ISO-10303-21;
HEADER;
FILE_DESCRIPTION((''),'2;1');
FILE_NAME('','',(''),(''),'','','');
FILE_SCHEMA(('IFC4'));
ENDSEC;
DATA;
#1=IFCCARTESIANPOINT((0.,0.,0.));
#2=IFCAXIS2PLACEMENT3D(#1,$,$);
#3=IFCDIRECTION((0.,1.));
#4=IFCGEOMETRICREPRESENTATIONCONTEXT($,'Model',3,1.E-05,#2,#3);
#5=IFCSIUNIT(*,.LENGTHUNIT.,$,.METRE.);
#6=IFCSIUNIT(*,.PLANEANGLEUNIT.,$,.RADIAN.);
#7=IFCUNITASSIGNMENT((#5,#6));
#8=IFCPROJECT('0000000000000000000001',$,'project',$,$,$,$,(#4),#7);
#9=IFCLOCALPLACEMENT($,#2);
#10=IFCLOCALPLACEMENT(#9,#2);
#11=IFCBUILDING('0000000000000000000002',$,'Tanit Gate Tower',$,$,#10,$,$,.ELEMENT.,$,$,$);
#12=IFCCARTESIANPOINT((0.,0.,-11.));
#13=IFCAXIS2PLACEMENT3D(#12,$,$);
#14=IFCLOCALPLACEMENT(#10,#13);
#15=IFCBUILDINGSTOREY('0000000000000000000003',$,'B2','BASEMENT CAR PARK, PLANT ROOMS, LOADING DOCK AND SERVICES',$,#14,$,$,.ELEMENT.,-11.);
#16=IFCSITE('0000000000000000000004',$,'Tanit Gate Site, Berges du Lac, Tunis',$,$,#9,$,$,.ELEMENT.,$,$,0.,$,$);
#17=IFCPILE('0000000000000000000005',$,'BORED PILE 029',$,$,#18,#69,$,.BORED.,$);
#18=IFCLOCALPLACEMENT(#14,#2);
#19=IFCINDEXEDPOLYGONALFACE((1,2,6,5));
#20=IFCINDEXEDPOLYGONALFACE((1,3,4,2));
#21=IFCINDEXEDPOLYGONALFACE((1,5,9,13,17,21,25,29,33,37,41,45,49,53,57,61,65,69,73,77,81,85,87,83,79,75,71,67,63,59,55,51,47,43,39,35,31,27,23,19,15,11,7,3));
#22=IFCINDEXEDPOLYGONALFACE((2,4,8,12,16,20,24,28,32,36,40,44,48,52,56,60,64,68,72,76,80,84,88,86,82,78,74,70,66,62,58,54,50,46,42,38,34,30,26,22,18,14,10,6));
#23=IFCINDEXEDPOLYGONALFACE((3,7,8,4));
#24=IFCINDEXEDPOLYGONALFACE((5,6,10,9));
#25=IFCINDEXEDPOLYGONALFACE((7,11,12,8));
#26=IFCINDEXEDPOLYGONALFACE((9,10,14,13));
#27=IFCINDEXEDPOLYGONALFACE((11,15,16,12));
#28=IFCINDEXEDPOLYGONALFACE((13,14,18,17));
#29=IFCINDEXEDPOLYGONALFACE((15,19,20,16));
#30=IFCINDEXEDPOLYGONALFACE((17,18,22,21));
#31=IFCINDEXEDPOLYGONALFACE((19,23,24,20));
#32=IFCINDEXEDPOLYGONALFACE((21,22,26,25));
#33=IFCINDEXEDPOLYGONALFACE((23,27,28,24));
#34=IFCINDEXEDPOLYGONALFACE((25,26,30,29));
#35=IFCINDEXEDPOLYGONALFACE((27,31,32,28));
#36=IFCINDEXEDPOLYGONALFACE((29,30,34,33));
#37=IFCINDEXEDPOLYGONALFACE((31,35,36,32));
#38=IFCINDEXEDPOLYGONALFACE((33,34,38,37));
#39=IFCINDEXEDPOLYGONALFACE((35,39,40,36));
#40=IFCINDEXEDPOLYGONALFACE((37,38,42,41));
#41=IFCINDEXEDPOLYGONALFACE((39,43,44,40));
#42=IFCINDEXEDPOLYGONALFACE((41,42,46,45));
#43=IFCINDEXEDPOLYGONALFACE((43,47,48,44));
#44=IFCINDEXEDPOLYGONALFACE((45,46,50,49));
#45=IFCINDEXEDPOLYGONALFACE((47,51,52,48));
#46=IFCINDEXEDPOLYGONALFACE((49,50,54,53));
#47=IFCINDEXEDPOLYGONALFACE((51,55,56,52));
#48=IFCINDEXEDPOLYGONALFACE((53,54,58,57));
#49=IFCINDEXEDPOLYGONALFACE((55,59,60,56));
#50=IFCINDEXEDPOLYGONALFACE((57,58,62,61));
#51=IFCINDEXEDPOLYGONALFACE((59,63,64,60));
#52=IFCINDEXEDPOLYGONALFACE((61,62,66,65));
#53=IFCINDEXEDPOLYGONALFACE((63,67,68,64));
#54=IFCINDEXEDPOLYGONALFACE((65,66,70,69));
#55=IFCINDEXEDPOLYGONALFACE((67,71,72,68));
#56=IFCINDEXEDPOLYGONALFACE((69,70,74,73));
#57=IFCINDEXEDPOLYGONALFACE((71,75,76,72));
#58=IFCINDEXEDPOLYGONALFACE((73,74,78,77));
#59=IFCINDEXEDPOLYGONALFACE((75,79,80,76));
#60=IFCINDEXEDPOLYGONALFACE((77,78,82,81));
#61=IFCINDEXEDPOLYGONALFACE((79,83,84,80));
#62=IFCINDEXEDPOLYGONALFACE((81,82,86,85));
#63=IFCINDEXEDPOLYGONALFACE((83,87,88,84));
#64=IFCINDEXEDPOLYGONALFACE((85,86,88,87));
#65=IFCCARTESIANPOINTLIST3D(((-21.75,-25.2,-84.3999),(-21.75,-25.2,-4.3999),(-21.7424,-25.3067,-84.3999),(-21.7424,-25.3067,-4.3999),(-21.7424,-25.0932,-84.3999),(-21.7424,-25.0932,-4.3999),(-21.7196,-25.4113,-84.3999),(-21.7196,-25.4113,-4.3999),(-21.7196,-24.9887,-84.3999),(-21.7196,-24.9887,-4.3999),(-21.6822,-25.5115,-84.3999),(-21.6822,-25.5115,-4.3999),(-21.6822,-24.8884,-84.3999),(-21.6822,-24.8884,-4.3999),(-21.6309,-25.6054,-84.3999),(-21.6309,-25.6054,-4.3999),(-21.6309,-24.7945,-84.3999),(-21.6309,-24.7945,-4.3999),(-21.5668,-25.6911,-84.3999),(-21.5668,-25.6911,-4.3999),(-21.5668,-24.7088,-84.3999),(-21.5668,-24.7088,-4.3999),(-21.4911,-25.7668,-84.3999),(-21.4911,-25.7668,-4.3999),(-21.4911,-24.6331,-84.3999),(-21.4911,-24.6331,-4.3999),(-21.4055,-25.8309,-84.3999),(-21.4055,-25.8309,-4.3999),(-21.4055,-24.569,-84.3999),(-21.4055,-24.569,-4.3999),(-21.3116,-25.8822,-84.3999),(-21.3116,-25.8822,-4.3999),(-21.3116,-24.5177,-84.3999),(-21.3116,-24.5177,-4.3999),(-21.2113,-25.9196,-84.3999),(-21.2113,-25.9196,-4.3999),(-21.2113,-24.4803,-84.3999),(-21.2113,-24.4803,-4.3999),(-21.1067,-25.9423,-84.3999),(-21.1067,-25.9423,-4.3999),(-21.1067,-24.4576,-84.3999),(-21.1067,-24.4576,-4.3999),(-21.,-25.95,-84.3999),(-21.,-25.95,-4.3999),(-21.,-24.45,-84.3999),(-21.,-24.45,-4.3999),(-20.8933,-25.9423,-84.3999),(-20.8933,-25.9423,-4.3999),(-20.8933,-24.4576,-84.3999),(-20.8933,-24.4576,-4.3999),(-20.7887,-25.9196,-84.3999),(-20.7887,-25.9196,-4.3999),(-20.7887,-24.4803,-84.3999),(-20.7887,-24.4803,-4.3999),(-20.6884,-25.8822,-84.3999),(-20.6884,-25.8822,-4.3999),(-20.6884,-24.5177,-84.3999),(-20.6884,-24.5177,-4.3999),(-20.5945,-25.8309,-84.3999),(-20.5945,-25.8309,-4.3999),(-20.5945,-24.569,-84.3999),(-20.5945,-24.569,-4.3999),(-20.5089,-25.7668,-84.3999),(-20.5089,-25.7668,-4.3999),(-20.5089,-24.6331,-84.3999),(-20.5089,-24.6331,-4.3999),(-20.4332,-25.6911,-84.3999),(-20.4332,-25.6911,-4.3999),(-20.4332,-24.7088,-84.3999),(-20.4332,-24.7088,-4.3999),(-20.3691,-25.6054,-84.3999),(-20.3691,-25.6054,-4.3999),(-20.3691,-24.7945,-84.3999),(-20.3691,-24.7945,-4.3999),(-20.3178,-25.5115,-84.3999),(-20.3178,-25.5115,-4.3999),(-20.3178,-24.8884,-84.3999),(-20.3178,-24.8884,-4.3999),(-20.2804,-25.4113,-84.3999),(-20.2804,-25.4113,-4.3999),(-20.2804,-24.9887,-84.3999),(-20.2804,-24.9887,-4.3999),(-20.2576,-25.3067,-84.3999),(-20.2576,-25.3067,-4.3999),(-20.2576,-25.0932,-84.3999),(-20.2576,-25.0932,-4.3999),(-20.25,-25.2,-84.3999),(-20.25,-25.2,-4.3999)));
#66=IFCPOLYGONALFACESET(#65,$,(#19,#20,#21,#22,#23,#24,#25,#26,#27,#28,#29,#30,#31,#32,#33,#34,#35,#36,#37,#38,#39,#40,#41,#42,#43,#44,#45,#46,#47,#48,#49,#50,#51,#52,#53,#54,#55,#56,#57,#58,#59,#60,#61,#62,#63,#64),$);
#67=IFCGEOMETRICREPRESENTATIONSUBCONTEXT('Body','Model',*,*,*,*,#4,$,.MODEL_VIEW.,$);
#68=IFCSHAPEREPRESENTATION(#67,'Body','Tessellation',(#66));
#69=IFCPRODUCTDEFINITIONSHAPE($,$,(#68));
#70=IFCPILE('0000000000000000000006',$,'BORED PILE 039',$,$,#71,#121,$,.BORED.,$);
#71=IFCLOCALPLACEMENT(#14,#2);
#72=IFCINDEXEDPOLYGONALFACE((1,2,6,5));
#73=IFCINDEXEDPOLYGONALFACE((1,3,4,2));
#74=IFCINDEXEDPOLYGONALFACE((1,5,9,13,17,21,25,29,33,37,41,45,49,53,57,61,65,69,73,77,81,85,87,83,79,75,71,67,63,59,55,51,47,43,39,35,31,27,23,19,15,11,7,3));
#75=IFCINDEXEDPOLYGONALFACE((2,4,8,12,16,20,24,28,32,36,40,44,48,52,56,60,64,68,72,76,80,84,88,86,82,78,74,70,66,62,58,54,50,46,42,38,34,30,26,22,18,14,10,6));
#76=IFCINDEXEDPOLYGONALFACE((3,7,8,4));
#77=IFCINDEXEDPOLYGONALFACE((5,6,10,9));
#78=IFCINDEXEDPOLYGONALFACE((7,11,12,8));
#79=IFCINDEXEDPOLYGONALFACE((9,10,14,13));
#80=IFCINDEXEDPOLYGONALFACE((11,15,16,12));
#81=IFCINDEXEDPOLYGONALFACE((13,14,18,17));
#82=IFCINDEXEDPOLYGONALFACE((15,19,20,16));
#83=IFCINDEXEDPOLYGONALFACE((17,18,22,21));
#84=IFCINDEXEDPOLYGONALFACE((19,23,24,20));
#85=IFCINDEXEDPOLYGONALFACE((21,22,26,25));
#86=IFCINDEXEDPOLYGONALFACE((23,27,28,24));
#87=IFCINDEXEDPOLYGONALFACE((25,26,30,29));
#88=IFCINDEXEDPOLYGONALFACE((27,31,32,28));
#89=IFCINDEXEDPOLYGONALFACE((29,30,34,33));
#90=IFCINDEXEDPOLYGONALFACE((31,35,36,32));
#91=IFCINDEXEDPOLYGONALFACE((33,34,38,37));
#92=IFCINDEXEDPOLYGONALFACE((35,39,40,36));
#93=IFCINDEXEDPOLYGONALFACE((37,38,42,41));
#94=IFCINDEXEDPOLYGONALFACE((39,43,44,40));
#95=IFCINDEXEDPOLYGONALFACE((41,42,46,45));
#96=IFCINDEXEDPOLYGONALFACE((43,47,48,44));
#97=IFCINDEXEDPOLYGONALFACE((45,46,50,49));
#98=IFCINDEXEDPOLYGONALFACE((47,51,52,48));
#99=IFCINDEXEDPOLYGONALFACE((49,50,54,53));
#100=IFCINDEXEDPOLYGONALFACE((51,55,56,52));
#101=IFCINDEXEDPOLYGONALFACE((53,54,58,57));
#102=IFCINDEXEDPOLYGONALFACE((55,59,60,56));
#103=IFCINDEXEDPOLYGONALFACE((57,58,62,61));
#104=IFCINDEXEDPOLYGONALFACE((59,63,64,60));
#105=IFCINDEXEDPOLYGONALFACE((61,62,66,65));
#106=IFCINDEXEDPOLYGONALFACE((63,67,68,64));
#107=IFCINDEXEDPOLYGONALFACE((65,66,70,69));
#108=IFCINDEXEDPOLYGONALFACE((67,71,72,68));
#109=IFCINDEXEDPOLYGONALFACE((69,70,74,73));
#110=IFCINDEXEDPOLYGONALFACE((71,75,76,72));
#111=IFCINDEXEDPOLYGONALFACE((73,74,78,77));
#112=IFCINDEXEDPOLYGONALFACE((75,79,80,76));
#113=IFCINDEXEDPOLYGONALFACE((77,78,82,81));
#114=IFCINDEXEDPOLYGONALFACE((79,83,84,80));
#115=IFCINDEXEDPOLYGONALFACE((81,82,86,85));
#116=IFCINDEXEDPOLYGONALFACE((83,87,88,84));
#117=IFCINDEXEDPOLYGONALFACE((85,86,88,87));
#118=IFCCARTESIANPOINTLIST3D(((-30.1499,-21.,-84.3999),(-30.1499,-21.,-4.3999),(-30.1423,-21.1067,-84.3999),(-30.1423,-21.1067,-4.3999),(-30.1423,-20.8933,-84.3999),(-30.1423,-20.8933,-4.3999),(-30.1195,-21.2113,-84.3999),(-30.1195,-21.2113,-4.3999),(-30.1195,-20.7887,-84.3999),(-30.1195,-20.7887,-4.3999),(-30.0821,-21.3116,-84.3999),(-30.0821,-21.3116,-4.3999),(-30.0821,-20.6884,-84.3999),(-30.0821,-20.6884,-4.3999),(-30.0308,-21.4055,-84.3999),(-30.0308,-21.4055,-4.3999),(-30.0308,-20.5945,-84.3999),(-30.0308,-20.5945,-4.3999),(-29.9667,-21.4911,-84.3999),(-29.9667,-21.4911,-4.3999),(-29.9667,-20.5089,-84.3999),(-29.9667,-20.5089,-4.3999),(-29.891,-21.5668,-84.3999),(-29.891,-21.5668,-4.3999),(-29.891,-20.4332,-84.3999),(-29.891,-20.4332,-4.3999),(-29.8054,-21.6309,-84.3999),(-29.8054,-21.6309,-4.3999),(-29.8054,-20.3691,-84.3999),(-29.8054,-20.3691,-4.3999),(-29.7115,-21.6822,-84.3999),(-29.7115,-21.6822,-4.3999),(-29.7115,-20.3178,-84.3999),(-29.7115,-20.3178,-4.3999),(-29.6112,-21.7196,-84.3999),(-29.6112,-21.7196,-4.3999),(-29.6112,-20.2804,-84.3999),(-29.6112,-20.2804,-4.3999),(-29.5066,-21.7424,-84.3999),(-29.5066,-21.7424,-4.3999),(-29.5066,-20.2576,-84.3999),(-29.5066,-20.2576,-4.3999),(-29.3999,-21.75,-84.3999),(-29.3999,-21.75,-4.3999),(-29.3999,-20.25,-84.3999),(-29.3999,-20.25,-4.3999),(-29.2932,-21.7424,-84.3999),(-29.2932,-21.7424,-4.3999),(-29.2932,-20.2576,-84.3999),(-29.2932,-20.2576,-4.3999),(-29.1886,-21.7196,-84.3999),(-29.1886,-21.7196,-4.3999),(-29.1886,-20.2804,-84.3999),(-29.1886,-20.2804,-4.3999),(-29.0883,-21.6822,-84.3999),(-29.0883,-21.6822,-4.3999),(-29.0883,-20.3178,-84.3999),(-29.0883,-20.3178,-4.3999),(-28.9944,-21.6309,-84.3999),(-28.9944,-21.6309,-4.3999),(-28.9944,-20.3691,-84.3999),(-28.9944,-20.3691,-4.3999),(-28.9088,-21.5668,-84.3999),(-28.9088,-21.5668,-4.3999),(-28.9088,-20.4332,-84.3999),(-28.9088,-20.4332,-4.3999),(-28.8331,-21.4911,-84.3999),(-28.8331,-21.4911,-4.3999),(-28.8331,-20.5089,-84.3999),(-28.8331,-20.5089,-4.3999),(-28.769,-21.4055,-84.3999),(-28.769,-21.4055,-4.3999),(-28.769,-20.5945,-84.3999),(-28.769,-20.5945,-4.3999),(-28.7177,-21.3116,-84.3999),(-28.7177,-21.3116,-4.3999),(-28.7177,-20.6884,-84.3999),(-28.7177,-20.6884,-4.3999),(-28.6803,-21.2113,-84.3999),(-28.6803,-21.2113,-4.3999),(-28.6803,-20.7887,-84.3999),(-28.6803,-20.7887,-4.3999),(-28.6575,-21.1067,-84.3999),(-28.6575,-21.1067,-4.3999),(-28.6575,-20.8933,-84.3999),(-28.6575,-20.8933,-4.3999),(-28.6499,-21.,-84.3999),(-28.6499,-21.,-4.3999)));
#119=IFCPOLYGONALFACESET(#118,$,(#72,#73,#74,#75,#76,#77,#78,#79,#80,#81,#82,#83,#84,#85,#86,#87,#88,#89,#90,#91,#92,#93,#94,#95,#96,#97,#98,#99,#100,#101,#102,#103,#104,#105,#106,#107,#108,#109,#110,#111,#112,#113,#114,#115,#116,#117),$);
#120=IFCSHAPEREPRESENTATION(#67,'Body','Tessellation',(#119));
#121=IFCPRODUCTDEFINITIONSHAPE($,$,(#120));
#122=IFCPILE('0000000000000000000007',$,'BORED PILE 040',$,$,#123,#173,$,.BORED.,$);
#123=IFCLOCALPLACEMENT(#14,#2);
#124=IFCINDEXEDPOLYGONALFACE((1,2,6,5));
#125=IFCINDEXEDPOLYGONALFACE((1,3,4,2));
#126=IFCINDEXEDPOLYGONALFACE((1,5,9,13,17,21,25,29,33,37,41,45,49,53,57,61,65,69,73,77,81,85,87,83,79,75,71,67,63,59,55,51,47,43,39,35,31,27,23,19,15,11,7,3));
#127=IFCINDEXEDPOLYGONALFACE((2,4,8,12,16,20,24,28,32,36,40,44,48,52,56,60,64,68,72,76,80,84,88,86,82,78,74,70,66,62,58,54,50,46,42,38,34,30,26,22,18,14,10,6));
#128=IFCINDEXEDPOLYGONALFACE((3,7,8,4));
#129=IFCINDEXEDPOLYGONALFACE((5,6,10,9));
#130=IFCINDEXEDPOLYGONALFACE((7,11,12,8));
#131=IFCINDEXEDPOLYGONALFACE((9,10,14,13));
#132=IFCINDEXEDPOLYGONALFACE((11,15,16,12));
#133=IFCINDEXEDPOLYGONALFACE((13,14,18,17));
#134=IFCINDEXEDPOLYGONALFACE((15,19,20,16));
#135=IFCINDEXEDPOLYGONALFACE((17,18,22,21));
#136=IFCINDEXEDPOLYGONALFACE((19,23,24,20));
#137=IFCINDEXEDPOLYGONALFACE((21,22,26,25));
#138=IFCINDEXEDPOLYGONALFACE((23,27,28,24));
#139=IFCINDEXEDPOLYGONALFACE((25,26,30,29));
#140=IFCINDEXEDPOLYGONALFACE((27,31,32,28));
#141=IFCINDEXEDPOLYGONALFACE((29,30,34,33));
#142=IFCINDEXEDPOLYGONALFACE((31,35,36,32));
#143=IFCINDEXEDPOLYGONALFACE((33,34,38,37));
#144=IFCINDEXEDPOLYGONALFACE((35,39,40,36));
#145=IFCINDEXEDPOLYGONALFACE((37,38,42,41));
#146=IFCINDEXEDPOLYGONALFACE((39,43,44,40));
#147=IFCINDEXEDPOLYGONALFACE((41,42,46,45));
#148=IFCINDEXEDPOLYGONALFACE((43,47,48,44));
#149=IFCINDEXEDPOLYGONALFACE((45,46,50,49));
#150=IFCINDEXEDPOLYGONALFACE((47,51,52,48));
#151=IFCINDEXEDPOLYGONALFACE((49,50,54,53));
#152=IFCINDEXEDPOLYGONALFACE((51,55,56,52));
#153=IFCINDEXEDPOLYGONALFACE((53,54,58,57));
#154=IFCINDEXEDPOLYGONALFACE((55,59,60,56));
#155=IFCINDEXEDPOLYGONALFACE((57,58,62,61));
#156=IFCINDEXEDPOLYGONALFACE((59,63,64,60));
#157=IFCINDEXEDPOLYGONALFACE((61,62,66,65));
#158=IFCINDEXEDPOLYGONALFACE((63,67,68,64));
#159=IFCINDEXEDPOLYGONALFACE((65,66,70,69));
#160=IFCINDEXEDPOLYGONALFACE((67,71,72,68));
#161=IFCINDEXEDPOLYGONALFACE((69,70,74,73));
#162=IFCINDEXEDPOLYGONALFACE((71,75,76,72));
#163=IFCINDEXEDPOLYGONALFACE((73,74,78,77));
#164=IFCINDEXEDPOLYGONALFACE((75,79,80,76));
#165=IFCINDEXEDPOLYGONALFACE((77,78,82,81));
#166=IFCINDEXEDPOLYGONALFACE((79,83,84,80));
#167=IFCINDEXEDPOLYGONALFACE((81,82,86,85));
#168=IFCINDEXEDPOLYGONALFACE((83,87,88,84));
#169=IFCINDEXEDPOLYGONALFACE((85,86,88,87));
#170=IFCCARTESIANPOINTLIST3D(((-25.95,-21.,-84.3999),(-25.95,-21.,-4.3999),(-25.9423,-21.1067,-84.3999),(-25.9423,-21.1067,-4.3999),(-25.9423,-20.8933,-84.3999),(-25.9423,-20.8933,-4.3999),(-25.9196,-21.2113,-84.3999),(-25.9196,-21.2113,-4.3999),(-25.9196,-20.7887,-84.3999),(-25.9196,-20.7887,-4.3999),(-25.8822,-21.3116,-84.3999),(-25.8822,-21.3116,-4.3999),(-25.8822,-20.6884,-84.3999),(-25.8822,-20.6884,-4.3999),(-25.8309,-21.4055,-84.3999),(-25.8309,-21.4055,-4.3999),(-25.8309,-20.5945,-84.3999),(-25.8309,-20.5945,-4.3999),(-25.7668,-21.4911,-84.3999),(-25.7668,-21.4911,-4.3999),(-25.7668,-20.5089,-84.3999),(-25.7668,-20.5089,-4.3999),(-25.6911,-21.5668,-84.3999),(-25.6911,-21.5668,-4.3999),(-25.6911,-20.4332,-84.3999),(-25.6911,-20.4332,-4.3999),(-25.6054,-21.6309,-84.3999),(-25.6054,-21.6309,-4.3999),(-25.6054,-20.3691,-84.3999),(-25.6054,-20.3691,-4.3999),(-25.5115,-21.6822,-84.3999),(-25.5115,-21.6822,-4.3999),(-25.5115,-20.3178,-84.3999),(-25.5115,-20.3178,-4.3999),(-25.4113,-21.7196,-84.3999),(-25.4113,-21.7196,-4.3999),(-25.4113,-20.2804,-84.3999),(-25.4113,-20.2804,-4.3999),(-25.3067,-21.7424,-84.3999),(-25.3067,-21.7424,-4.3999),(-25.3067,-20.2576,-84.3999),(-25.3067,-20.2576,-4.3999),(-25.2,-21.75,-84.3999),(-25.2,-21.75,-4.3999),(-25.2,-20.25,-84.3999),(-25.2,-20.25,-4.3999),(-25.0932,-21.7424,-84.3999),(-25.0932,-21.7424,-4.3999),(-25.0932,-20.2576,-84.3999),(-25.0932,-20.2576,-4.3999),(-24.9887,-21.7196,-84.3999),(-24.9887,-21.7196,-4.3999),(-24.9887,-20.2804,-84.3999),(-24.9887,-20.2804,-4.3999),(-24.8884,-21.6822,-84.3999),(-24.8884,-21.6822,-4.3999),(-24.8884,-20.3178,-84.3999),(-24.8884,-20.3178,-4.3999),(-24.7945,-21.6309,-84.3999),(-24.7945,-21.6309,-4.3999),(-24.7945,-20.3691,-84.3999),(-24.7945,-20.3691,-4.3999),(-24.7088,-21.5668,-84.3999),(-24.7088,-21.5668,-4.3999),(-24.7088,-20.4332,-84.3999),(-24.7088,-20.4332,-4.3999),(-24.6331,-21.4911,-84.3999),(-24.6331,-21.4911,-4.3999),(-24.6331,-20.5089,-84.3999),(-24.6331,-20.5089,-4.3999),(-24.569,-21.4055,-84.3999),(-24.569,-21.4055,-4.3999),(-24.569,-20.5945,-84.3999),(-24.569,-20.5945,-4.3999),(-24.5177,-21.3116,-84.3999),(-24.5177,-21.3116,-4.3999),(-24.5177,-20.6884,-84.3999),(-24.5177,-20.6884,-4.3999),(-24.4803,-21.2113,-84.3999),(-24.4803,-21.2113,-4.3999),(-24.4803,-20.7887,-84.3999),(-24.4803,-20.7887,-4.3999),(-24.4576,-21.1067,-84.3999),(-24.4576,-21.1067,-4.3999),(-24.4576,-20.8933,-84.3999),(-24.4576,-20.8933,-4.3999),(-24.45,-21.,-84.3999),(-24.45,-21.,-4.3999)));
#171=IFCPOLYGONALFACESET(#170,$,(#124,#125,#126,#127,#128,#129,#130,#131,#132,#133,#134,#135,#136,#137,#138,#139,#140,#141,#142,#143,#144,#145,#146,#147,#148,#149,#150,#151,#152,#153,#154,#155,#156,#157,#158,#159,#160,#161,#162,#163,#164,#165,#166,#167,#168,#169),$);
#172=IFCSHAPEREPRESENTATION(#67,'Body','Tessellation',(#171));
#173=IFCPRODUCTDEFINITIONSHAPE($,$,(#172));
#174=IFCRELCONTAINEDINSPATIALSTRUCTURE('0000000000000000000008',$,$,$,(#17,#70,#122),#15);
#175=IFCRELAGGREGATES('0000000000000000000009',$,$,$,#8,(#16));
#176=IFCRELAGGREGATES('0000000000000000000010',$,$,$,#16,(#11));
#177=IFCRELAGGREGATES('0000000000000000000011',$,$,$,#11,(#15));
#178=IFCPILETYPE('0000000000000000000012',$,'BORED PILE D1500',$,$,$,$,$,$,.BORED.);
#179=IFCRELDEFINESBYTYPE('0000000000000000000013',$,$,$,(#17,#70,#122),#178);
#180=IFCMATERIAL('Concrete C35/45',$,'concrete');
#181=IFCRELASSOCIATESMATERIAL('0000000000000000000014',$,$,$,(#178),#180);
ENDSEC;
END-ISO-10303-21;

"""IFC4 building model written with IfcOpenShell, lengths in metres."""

from ifc_helpers import new_model, si_unit, direction, frame, origin, origin_2d, place, context, subcontext, project, spatial, circle, extrude, material, material_profile, profile_set, type_object, element, save


model = new_model("IFC4")

# Units and contexts
model_context = context("Model", 3, precision=1e-05, world=origin(), true_north=direction((0.0, 1.0)))
body_context = subcontext(model_context, "Body", "Model", "MODEL_VIEW")
ifc_project = project(units=[si_unit("LENGTHUNIT", "METRE"), si_unit("PLANEANGLEUNIT", "RADIAN")], contexts=[model_context])

# Site, building, storey
site_placement = place(None, origin())
site = spatial("IfcSite", under=ifc_project, at=site_placement, Name="Tanit Gate Site, Berges du Lac, Tunis", CompositionType="ELEMENT", RefElevation=0.0)
building_placement = place(site_placement, origin())
building = spatial("IfcBuilding", under=site, at=building_placement, Name="Tanit Gate Tower", CompositionType="ELEMENT")
storey_placement = place(building_placement, frame((0.0, 0.0, -11.0)))
storey = spatial("IfcBuildingStorey", under=building, at=storey_placement, Name="B2", Description="BASEMENT CAR PARK, PLANT ROOMS, LOADING DOCK AND SERVICES", CompositionType="ELEMENT", Elevation=-11.0)

# Piles
ifc_material_1 = material(Name="Concrete C35/45", Category="concrete")
ifc_material_profile_1 = material_profile(ifc_material_1, circle(Radius=0.75, at=origin_2d()), Name="BORED PILE D1500 C35/45")
ifc_profile_set_1 = profile_set([ifc_material_profile_1], Name="Concrete C35/45")
pile_type = type_object("IfcPileType", Name="BORED PILE D1500", PredefinedType="BORED", material=ifc_profile_set_1)
for number, where, z_axis, x_axis, name in (
    (1, (-21.0, -25.2, -4.3999), (0.0, 0.0, -1.0), (1.0, 0.0, 0.0), "BORED PILE 029"),
    (2, (-29.3999, -21.0, -4.3999), (0.0, 0.0, -1.0), (1.0, 0.0, 0.0), "BORED PILE 039"),
    (3, (-25.2, -21.0, -4.3999), (0.0, 0.0, -1.0), (1.0, 0.0, 0.0), "BORED PILE 040"),
):
    element("IfcPile", number, at=place(storey_placement, frame(where, z_axis=z_axis, x_axis=x_axis)), inside=storey, type_object=pile_type, Name=name, PredefinedType="BORED", context=body_context, shape_type="SweptSolid", body=[
        extrude(circle(Radius=0.75, at=origin_2d()), origin(), (0.0, 0.0, 1.0), 80.0),
    ])

save(model, "model.ifc")
